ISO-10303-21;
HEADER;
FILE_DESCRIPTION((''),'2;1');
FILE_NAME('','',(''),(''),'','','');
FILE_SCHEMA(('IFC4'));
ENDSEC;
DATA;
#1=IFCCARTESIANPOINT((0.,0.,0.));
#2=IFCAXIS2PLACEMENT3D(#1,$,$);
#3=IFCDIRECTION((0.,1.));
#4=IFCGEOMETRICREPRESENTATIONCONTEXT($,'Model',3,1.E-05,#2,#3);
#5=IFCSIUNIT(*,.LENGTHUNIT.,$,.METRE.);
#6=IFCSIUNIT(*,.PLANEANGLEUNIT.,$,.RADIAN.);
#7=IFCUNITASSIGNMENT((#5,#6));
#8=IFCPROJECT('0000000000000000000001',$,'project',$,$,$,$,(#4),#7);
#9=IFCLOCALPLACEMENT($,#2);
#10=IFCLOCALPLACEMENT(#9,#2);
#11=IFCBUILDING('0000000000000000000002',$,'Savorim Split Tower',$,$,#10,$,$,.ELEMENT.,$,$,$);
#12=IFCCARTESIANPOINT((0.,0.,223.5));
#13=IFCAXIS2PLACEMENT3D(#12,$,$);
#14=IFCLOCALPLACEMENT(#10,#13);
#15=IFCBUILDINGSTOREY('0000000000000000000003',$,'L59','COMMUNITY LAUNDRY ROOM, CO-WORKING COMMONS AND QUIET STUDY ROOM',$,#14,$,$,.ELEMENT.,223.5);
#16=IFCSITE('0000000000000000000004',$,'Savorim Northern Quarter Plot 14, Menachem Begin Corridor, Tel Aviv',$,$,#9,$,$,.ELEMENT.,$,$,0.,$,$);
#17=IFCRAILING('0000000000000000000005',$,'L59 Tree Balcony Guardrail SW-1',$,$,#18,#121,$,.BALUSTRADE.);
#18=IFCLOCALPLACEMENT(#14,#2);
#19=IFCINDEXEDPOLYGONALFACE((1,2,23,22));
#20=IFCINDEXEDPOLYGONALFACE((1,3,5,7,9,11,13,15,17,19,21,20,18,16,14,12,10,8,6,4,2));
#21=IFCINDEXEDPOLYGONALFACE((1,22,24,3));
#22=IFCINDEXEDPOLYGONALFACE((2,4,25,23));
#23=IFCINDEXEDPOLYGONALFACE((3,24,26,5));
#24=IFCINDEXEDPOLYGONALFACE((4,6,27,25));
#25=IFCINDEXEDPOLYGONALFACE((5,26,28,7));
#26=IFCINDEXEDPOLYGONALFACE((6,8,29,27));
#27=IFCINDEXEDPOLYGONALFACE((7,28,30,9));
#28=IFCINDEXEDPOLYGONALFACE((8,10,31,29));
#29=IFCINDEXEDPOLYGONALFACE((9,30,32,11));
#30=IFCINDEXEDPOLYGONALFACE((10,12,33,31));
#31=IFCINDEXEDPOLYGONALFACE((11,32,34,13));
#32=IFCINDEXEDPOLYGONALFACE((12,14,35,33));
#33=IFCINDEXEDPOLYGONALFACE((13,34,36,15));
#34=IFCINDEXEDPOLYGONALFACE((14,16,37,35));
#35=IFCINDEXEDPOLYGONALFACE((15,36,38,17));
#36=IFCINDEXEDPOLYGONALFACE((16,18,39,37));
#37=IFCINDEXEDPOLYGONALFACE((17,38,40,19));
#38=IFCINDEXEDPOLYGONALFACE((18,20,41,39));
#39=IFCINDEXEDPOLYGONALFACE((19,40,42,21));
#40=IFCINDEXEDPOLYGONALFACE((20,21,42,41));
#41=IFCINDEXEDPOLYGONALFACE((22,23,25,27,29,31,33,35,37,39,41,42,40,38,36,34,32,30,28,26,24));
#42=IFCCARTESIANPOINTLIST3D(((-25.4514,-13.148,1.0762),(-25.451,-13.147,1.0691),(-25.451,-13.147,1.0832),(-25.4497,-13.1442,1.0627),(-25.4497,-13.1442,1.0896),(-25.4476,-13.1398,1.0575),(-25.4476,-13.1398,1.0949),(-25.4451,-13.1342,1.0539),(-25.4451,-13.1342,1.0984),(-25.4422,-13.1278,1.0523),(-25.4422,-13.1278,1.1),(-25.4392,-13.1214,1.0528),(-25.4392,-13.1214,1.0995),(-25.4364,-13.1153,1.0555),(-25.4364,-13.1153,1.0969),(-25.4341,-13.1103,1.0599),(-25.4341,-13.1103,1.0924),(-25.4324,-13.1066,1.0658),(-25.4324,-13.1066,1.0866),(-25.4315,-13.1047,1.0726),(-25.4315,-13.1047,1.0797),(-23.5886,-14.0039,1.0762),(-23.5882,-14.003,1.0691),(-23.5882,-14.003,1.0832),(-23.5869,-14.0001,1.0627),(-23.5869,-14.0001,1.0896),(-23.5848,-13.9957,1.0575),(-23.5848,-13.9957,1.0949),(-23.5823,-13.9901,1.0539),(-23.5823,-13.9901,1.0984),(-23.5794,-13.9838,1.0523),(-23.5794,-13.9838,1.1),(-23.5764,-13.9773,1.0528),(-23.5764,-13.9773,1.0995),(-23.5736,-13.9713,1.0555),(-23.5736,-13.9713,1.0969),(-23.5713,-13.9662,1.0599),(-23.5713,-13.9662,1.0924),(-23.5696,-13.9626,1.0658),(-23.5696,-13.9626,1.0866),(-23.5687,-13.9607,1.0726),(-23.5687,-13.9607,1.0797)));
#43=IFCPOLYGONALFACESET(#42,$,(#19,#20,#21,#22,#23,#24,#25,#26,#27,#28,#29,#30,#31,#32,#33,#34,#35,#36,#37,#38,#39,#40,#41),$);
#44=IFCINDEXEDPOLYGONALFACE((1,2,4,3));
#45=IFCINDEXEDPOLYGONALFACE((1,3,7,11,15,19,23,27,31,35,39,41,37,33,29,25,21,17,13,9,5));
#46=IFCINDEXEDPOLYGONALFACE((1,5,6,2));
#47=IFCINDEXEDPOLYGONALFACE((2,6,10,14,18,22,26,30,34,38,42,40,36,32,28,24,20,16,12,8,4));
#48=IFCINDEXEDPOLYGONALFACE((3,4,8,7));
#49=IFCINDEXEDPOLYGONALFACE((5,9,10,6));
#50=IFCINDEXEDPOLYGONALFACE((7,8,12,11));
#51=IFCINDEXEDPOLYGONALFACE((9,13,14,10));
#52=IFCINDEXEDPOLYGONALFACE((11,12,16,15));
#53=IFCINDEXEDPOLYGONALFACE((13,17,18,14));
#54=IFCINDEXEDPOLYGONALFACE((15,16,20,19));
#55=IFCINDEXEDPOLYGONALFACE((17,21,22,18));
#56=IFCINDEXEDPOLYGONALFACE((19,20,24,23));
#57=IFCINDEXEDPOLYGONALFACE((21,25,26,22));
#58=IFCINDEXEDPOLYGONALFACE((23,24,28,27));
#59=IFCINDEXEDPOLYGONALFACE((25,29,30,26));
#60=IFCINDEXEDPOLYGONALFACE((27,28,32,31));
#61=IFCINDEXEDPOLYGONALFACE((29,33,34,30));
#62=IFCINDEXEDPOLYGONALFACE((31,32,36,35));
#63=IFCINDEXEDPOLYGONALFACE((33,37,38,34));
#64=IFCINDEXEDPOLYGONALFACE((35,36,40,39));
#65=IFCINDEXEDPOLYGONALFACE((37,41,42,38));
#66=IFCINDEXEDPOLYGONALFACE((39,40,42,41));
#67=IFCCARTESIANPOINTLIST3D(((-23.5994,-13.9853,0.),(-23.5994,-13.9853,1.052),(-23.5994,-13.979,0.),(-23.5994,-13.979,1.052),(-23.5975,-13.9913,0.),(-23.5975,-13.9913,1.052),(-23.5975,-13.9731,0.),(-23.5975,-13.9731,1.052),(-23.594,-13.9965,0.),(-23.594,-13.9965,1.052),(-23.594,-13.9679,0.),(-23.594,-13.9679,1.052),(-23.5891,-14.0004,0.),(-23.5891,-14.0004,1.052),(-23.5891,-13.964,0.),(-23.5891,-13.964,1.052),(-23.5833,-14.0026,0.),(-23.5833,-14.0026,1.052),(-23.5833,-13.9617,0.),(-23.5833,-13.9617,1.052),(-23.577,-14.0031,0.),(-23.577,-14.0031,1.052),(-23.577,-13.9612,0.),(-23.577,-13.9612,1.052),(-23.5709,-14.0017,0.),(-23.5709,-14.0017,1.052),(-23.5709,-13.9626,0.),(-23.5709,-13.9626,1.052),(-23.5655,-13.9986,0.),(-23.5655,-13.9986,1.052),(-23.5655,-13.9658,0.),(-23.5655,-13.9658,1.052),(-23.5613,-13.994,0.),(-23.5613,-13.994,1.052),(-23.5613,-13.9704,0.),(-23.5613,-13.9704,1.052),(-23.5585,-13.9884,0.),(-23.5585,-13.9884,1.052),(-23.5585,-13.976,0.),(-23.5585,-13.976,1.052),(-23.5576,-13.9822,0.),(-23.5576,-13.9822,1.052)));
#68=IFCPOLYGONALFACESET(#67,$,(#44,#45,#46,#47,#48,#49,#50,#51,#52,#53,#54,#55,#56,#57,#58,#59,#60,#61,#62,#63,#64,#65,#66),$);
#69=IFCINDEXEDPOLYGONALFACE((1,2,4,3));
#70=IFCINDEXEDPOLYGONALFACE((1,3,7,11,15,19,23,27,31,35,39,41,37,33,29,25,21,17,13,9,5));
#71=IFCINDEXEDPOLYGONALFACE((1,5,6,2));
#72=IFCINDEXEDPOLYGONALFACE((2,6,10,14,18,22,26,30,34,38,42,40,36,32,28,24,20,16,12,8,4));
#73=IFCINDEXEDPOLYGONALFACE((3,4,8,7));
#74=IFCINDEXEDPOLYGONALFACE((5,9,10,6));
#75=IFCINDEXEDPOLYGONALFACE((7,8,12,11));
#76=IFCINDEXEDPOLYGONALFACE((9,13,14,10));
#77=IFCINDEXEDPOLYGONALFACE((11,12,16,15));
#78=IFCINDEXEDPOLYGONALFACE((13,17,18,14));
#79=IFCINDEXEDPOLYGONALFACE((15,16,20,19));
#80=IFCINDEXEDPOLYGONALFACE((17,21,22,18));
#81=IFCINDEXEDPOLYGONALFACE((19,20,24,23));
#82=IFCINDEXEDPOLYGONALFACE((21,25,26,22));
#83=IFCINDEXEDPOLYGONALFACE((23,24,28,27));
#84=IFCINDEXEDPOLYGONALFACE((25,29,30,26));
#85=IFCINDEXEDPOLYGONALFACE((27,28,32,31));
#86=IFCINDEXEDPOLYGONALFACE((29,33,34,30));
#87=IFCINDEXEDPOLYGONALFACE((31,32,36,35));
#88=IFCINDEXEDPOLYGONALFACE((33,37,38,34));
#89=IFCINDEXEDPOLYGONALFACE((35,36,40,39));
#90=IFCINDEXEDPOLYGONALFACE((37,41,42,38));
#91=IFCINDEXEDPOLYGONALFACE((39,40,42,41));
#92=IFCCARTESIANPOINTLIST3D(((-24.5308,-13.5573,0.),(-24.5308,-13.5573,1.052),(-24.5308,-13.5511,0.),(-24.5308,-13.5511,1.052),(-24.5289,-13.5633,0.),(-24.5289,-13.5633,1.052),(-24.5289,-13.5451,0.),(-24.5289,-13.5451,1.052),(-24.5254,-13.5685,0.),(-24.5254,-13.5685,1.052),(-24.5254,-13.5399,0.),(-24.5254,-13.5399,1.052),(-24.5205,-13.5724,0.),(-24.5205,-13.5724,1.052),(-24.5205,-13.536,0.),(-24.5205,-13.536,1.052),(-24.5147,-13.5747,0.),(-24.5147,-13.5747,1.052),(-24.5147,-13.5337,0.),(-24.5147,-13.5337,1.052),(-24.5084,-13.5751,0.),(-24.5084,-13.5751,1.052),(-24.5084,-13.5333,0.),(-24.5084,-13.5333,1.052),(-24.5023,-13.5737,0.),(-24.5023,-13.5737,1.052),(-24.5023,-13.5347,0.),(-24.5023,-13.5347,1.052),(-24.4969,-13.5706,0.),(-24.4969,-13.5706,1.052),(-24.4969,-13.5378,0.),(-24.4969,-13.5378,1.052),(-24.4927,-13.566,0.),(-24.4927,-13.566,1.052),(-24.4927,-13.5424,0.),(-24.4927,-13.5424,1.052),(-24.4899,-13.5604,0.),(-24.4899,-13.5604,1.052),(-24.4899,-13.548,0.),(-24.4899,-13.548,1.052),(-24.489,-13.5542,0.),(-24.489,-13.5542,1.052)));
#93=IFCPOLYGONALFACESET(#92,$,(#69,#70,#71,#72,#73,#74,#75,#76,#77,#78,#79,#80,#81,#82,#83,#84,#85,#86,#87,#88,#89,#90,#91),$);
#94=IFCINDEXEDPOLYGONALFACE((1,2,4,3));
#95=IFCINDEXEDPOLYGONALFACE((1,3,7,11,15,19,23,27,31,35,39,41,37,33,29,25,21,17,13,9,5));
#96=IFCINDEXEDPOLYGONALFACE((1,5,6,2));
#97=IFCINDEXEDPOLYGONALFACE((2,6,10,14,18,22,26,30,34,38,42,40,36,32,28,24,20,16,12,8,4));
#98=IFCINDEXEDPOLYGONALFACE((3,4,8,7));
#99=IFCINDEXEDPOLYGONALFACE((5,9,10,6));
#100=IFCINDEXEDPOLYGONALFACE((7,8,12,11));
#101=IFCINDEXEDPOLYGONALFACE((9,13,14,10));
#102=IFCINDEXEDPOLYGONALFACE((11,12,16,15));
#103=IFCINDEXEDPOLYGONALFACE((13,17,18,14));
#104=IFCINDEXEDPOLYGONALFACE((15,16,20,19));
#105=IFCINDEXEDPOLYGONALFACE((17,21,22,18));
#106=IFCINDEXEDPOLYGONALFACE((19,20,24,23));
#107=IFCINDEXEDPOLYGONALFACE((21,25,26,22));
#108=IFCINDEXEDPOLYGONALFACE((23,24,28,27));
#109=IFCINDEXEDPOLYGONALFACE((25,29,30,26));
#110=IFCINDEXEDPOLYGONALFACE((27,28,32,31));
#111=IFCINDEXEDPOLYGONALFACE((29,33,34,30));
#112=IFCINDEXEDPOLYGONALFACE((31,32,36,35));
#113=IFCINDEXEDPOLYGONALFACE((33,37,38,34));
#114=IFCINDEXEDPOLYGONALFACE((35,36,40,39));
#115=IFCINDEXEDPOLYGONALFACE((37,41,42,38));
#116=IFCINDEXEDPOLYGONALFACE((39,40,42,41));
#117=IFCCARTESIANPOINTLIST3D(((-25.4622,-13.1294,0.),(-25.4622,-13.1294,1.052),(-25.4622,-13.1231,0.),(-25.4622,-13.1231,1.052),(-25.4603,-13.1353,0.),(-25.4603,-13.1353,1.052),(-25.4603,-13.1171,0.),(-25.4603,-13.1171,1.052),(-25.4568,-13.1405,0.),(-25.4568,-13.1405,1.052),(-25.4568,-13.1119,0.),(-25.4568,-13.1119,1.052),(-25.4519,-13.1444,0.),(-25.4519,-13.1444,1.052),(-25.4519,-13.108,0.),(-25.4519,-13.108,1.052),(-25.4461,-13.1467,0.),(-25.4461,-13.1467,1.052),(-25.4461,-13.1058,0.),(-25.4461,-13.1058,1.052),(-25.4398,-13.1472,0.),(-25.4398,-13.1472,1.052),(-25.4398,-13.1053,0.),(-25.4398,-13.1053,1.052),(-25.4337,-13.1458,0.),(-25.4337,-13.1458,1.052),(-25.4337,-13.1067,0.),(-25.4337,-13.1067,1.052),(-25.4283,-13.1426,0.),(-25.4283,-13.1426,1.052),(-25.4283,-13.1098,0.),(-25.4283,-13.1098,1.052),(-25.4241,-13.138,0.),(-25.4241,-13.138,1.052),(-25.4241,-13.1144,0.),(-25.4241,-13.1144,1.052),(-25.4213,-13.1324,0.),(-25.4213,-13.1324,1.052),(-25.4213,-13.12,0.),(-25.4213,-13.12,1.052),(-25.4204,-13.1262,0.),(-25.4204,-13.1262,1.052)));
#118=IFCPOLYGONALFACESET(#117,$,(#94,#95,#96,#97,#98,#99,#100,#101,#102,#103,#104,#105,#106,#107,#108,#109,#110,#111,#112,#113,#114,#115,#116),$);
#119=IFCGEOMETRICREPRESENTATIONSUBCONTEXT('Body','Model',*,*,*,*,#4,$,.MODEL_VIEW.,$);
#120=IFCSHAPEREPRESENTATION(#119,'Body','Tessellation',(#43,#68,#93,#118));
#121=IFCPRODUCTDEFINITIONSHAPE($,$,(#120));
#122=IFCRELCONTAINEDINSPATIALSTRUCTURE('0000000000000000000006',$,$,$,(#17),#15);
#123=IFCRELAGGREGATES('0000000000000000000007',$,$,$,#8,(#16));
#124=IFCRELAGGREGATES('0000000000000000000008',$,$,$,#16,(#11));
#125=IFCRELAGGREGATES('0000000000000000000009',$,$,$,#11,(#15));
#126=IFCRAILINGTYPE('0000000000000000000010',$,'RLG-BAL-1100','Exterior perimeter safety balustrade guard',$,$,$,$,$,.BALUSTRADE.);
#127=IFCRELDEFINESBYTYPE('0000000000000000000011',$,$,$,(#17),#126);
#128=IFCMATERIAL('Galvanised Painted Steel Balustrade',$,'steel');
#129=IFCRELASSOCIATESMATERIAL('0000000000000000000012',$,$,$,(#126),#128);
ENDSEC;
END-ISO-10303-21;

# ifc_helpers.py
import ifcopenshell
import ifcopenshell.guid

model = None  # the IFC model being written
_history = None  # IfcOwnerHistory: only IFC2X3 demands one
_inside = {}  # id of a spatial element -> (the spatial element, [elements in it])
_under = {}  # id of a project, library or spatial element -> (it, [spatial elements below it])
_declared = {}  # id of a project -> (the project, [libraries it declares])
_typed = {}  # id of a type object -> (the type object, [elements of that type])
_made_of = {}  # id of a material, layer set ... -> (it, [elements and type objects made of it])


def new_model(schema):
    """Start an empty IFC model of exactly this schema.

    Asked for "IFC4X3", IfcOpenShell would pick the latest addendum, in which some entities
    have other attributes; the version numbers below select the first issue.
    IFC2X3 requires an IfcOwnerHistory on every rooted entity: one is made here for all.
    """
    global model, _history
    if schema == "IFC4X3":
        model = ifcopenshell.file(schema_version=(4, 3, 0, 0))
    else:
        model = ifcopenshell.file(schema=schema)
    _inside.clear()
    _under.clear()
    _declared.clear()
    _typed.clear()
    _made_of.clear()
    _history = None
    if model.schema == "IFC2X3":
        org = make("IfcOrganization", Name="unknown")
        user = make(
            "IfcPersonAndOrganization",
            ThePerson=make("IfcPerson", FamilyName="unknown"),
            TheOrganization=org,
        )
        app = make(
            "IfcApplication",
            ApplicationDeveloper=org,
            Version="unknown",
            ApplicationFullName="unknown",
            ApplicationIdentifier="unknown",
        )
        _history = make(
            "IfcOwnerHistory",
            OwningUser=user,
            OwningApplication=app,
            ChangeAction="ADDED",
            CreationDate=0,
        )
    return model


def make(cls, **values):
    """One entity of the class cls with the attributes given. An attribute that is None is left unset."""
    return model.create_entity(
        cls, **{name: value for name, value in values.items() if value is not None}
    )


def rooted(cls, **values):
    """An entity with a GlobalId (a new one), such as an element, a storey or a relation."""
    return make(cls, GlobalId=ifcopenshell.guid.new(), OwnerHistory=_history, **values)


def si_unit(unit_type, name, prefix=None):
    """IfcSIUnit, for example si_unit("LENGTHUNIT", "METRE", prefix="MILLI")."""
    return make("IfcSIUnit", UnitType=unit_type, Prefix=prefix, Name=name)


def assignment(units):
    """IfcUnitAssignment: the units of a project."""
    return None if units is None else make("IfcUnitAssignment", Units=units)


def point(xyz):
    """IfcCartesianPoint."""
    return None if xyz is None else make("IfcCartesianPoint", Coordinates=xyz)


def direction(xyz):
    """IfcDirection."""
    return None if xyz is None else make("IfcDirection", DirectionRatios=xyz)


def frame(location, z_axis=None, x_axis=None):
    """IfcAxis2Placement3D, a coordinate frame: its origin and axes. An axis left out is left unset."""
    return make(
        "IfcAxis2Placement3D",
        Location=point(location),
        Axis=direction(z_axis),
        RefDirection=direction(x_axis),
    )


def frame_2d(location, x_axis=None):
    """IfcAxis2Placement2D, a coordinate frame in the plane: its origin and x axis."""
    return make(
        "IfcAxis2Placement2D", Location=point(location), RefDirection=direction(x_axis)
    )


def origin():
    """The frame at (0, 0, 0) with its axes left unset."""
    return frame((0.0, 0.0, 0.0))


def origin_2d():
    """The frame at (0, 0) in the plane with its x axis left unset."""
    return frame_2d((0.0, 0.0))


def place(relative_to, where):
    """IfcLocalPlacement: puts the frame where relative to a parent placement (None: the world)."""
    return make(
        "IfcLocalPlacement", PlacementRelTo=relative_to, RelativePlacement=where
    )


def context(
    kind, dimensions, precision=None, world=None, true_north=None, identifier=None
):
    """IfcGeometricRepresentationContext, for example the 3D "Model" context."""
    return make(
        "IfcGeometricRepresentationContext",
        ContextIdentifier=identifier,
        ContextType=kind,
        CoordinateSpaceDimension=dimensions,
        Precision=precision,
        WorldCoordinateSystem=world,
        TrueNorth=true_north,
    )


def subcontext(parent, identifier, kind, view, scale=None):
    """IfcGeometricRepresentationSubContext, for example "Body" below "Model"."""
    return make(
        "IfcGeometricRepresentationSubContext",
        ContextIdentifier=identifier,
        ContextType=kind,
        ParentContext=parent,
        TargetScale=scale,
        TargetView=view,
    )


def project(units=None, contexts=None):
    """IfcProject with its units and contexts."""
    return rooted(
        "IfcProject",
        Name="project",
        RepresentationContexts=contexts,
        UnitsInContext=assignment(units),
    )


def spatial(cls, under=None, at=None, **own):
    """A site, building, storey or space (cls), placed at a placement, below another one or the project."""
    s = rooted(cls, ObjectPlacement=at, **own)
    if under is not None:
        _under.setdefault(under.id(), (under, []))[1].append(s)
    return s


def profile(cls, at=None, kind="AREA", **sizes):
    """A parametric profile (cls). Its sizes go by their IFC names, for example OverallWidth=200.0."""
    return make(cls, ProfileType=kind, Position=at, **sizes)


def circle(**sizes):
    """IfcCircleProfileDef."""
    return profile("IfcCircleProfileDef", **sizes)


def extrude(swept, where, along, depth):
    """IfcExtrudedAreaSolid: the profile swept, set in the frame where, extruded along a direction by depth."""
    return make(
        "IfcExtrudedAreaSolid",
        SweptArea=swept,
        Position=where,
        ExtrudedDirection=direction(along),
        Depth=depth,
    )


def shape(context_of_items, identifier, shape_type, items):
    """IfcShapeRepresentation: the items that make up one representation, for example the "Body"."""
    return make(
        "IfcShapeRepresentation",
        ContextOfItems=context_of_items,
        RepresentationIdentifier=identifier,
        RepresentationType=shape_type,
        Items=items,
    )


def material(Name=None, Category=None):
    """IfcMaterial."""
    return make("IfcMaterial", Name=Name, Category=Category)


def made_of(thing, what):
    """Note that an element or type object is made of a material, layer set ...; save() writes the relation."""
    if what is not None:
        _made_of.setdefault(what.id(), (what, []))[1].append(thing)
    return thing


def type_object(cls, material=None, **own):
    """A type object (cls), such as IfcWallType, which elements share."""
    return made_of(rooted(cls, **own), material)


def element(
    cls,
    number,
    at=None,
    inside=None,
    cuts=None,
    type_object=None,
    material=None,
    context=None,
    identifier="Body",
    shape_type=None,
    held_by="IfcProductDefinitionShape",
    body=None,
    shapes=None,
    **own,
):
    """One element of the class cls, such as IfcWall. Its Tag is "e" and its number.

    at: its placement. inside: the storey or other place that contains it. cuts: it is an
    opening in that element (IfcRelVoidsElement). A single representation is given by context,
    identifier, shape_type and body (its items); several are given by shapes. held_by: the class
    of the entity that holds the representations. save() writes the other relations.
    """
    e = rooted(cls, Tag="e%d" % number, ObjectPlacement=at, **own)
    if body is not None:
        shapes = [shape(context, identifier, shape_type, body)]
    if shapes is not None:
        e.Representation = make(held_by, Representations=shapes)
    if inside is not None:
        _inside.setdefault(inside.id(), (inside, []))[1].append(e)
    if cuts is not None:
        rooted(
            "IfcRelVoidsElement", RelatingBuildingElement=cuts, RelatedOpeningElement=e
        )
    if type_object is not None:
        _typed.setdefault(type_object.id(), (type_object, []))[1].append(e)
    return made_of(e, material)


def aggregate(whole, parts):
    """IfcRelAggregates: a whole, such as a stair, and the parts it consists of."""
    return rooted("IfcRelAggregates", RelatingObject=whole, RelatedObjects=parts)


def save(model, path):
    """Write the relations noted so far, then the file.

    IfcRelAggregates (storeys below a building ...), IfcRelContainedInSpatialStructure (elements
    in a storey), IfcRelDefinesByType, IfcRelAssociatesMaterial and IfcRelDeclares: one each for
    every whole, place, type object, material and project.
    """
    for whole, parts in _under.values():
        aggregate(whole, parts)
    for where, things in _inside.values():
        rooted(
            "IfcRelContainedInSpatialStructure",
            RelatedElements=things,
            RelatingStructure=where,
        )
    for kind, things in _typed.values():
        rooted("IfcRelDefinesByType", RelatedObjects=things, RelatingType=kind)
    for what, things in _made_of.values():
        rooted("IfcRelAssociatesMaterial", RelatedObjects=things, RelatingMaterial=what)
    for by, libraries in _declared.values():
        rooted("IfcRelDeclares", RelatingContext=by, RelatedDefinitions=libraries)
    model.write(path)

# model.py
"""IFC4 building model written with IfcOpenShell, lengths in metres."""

from ifc_helpers import new_model, si_unit, direction, frame, origin, origin_2d, place, context, subcontext, project, spatial, circle, extrude, material, type_object, element, save


model = new_model("IFC4")

# Units and contexts
model_context = context("Model", 3, precision=1e-05, world=origin(), true_north=direction((0.0, 1.0)))
body_context = subcontext(model_context, "Body", "Model", "MODEL_VIEW")
ifc_project = project(units=[si_unit("LENGTHUNIT", "METRE"), si_unit("PLANEANGLEUNIT", "RADIAN")], contexts=[model_context])

# Site, building, storey
site_placement = place(None, origin())
site = spatial("IfcSite", under=ifc_project, at=site_placement, Name="Savorim Northern Quarter Plot 14, Menachem Begin Corridor, Tel Aviv", CompositionType="ELEMENT", RefElevation=0.0)
building_placement = place(site_placement, origin())
building = spatial("IfcBuilding", under=site, at=building_placement, Name="Savorim Split Tower", CompositionType="ELEMENT")
storey_placement = place(building_placement, frame((0.0, 0.0, 223.5)))
storey = spatial("IfcBuildingStorey", under=building, at=storey_placement, Name="L59", Description="COMMUNITY LAUNDRY ROOM, CO-WORKING COMMONS AND QUIET STUDY ROOM", CompositionType="ELEMENT", Elevation=223.5)

# Railing
ifc_material_1 = material(Name="Galvanised Painted Steel Balustrade", Category="steel")
railing_type = type_object("IfcRailingType", Name="RLG-BAL-1100", Description="Exterior perimeter safety balustrade guard", PredefinedType="BALUSTRADE", material=ifc_material_1)
railing_1_placement = place(storey_placement, frame((-23.5786, -13.9822, 0.0)))
element("IfcRailing", 1, at=railing_1_placement, inside=storey, type_object=railing_type, Name="L59 Tree Balcony Guardrail SW-1", PredefinedType="BALUSTRADE", context=body_context, shape_type="SweptSolid", body=[
    extrude(circle(Radius=0.0239, at=origin_2d()), frame((0.0, 0.0, 1.0762), z_axis=(-0.908662, 0.417532, 0.0), x_axis=(-0.417532, -0.908662, 0.0)), (0.0, 0.0, 1.0), 2.05),
    extrude(circle(Radius=0.021, at=origin_2d()), origin(), (0.0, 0.0, 1.0), 1.052),
    extrude(circle(Radius=0.021, at=origin_2d()), frame((-0.9314, 0.428, 0.0)), (0.0, 0.0, 1.0), 1.052),
    extrude(circle(Radius=0.021, at=origin_2d()), frame((-1.8628, 0.856, 0.0)), (0.0, 0.0, 1.0), 1.052),
])

save(model, "model.ifc")
